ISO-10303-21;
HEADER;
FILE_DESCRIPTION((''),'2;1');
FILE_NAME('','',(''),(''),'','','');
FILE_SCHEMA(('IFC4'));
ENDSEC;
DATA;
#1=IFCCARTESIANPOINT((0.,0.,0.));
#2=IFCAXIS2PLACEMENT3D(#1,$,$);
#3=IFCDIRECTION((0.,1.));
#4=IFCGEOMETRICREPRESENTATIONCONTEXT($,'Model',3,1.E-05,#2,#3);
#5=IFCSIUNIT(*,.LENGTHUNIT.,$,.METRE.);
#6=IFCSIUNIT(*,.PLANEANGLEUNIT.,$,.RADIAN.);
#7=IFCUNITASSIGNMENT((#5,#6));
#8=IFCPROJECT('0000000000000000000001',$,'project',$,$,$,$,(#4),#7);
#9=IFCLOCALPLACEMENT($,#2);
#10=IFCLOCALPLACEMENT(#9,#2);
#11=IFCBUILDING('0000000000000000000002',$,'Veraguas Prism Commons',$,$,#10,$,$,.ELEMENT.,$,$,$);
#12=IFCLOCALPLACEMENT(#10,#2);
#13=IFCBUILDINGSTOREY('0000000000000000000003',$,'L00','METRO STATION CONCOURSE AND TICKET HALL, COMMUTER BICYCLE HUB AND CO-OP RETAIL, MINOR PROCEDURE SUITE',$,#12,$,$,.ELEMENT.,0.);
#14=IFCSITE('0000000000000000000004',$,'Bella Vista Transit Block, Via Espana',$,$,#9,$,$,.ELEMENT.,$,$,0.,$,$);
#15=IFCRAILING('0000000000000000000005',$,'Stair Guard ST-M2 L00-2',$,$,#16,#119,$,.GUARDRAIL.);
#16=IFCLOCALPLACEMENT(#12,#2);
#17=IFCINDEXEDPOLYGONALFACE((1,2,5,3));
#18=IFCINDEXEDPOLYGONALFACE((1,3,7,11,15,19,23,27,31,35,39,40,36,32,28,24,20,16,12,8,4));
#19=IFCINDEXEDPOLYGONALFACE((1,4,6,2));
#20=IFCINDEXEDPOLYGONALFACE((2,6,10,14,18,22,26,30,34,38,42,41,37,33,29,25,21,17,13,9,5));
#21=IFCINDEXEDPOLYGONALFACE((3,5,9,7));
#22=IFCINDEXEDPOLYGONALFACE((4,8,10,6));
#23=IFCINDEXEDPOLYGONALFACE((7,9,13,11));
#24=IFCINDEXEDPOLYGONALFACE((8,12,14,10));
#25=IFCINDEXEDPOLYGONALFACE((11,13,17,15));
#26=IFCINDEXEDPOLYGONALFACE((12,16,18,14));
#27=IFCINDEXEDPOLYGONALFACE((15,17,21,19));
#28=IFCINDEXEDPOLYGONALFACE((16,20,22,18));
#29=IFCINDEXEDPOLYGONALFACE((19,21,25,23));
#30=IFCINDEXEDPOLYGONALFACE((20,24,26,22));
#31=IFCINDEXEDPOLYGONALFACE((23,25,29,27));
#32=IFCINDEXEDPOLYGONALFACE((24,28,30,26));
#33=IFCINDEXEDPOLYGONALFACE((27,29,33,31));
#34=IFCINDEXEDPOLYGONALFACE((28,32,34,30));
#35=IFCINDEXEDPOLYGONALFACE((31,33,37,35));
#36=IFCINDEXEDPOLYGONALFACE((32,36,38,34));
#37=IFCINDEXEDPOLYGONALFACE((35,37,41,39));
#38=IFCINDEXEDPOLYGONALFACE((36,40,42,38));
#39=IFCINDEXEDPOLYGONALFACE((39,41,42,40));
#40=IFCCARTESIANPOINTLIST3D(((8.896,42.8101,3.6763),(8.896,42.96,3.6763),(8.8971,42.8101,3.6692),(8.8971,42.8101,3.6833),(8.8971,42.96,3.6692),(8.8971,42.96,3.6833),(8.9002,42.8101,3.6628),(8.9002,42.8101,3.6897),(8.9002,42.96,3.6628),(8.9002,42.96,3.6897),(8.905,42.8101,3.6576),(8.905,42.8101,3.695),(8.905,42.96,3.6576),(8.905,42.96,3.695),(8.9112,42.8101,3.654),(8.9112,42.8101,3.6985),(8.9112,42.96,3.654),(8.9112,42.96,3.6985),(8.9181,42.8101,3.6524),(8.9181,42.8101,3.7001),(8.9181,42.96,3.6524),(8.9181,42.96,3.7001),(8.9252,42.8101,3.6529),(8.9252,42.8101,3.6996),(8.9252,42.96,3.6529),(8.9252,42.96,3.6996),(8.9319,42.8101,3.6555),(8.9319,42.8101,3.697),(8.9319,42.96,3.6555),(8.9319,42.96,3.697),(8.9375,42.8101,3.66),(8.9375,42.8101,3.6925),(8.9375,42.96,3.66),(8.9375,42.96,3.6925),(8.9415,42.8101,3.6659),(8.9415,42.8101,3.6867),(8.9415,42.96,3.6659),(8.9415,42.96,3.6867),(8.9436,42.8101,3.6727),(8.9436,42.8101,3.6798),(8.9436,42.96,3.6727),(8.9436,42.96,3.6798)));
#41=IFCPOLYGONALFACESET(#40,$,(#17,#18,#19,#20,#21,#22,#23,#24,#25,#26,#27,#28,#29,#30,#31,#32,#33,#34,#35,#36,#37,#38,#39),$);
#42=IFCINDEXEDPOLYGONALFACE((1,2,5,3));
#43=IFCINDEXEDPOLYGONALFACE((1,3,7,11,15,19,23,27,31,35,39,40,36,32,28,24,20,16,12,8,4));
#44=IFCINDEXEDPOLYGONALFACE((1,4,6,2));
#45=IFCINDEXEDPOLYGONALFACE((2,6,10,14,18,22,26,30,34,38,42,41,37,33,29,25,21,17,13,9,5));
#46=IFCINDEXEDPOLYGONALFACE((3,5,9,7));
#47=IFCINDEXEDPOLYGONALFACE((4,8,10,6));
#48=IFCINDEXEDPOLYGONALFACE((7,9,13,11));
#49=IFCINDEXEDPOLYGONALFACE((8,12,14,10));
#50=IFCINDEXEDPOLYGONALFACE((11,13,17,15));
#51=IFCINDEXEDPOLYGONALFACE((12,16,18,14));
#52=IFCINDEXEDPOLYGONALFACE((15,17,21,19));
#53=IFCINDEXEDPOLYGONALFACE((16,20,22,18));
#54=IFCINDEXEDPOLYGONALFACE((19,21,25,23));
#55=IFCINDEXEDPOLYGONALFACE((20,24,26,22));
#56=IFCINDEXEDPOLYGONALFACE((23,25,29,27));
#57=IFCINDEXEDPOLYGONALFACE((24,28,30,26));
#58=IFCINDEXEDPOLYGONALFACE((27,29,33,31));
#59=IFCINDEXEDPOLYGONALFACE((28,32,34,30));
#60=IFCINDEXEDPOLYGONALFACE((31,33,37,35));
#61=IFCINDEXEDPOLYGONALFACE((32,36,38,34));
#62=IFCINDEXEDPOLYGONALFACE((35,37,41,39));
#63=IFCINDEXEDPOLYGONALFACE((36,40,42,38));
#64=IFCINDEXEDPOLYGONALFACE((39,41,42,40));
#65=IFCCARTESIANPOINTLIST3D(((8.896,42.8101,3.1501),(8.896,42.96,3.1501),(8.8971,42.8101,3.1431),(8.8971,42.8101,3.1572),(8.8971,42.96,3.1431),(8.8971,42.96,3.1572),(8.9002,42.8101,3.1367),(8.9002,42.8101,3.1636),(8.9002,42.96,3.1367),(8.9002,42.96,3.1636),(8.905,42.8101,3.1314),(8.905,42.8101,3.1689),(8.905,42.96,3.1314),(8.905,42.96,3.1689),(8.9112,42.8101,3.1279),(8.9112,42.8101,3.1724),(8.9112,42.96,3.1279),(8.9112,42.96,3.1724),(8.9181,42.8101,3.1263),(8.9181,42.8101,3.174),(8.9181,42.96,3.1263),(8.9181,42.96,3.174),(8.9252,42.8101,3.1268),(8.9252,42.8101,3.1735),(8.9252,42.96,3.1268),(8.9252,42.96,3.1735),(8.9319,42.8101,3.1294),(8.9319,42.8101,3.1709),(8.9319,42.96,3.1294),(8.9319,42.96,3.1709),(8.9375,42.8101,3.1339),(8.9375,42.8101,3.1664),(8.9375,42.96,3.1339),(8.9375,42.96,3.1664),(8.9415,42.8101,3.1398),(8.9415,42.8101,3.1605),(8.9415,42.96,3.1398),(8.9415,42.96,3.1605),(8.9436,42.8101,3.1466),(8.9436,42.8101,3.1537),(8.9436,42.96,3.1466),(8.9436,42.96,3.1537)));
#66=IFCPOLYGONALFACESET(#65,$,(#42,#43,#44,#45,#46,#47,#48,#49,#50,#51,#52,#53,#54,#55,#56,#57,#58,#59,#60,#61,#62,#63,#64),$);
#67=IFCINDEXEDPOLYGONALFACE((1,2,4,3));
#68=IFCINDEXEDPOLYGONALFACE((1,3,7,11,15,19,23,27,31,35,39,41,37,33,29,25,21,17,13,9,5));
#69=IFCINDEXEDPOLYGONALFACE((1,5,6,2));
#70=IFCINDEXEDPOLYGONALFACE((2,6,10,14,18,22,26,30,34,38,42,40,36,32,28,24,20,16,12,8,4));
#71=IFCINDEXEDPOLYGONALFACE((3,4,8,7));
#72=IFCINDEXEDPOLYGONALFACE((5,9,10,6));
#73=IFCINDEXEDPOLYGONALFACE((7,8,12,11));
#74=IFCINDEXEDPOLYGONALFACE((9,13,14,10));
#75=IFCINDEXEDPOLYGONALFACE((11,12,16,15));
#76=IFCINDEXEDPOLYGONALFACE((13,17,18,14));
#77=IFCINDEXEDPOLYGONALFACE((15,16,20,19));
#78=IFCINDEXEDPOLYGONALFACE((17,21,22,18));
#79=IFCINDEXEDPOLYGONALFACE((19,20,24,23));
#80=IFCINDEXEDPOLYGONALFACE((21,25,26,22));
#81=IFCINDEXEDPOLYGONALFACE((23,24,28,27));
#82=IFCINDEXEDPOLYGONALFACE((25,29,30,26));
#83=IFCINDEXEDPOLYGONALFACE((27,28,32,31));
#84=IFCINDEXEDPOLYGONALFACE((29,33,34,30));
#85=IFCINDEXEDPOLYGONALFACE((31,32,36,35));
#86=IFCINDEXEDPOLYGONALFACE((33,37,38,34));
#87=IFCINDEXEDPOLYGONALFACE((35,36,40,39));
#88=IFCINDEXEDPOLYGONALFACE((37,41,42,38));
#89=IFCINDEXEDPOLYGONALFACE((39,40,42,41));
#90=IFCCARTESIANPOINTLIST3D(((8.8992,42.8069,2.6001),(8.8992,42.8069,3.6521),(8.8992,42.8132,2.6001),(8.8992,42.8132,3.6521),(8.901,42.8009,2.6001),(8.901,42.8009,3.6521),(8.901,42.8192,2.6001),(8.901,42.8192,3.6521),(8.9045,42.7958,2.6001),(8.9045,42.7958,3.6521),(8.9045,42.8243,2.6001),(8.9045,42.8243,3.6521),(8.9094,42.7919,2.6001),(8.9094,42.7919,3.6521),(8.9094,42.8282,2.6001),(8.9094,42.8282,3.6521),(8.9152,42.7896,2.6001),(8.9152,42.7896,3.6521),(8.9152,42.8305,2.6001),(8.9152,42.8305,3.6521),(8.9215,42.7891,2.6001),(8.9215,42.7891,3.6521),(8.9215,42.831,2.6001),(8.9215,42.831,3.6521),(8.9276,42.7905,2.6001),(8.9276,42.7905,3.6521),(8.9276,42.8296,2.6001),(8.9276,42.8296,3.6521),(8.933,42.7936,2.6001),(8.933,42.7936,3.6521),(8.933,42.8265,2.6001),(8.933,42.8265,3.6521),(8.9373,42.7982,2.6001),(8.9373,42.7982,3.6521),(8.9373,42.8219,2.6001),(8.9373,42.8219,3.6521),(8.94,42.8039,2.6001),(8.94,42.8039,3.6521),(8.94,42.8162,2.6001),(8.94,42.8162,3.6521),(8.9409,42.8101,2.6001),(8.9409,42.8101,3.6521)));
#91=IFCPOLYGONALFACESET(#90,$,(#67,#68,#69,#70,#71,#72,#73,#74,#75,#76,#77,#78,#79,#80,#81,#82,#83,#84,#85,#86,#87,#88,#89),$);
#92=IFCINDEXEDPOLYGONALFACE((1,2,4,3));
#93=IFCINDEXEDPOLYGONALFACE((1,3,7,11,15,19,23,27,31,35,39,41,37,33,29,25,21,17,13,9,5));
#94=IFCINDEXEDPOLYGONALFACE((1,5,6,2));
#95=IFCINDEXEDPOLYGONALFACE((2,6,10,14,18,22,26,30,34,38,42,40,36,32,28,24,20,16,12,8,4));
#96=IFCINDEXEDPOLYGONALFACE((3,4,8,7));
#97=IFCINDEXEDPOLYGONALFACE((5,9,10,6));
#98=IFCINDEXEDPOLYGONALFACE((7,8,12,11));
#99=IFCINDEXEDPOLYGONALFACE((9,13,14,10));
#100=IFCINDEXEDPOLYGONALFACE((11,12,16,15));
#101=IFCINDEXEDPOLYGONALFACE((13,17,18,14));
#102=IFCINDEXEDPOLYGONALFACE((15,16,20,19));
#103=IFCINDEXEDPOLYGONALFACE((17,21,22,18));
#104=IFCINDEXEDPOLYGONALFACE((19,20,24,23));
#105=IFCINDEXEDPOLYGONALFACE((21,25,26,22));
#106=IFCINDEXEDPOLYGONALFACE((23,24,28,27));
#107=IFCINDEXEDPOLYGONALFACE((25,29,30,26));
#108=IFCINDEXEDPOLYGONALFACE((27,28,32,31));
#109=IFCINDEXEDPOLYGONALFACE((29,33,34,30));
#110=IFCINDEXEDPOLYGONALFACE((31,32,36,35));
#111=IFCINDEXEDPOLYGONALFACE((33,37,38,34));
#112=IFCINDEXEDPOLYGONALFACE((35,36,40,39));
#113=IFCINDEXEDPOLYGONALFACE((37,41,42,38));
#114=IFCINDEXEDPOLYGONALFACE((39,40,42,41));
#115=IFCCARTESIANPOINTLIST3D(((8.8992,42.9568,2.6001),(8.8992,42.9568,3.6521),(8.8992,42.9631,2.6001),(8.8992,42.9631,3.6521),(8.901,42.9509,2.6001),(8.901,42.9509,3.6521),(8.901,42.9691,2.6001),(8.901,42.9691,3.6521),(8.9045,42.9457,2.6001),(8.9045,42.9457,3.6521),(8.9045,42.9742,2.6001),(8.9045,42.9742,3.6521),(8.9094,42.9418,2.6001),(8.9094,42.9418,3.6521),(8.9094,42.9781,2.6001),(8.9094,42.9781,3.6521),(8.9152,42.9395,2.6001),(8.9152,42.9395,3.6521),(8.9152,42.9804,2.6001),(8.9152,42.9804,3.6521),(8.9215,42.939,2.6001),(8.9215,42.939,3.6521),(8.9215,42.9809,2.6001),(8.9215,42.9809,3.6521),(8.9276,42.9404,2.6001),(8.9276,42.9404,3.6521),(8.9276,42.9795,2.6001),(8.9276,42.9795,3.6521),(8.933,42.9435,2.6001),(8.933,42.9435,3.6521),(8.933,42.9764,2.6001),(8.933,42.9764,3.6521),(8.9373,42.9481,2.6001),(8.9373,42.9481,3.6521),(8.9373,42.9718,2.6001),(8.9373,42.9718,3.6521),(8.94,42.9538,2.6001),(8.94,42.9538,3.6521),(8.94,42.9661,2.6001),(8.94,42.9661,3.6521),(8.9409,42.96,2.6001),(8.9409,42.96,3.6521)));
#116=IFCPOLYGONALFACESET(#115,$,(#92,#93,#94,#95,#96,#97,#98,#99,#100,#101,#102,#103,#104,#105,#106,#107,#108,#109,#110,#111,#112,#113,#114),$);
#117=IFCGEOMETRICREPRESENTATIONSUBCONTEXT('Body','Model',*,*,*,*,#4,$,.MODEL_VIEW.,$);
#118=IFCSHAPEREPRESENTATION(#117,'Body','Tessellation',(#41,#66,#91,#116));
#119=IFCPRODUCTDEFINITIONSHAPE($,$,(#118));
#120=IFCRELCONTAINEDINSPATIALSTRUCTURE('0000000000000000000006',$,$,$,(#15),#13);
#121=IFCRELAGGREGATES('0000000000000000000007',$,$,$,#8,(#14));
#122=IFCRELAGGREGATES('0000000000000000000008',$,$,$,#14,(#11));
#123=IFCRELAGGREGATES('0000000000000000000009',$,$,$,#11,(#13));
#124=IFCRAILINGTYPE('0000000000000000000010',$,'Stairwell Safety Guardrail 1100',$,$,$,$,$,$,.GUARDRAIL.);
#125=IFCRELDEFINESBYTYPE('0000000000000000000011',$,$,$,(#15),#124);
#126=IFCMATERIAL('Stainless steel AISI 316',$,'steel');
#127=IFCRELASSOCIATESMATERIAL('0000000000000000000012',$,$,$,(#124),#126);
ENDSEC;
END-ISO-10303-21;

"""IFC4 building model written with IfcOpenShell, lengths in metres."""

from ifc_helpers import new_model, si_unit, direction, frame, origin, origin_2d, place, context, subcontext, project, spatial, circle, extrude, material, type_object, element, save


model = new_model("IFC4")

# Units and contexts
model_context = context("Model", 3, precision=1e-05, world=origin(), true_north=direction((0.0, 1.0)))
body_context = subcontext(model_context, "Body", "Model", "MODEL_VIEW")
ifc_project = project(units=[si_unit("LENGTHUNIT", "METRE"), si_unit("PLANEANGLEUNIT", "RADIAN")], contexts=[model_context])

# Site, building, storey
site_placement = place(None, origin())
site = spatial("IfcSite", under=ifc_project, at=site_placement, Name="Bella Vista Transit Block, Via Espana", CompositionType="ELEMENT", RefElevation=0.0)
building_placement = place(site_placement, origin())
building = spatial("IfcBuilding", under=site, at=building_placement, Name="Veraguas Prism Commons", CompositionType="ELEMENT")
storey_placement = place(building_placement, origin())
storey = spatial("IfcBuildingStorey", under=building, at=storey_placement, Name="L00", Description="METRO STATION CONCOURSE AND TICKET HALL, COMMUTER BICYCLE HUB AND CO-OP RETAIL, MINOR PROCEDURE SUITE", CompositionType="ELEMENT", Elevation=0.0)

# Railing
ifc_material_1 = material(Name="Stainless steel AISI 316", Category="steel")
railing_type_1 = type_object("IfcRailingType", Name="Stairwell Safety Guardrail 1100", PredefinedType="GUARDRAIL", material=ifc_material_1)
railing_1_placement = place(storey_placement, frame((8.9199, 42.8101, 2.6001)))
element("IfcRailing", 1, at=railing_1_placement, inside=storey, type_object=railing_type_1, Name="Stair Guard ST-M2 L00-2", PredefinedType="GUARDRAIL", context=body_context, shape_type="SweptSolid", body=[
    extrude(circle(Radius=0.0239, at=origin_2d()), frame((0.0, 0.0, 1.0762), z_axis=(0.0, 1.0, 0.0), x_axis=(-1.0, 0.0, 0.0)), (0.0, 0.0, 1.0), 0.1499),
    extrude(circle(Radius=0.0239, at=origin_2d()), frame((0.0, 0.0, 0.55), z_axis=(0.0, 1.0, 0.0), x_axis=(-1.0, 0.0, 0.0)), (0.0, 0.0, 1.0), 0.1499),
    extrude(circle(Radius=0.021, at=origin_2d()), origin(), (0.0, 0.0, 1.0), 1.052),
    extrude(circle(Radius=0.021, at=origin_2d()), frame((0.0, 0.1499, 0.0)), (0.0, 0.0, 1.0), 1.052),
])

save(model, "model.ifc")
